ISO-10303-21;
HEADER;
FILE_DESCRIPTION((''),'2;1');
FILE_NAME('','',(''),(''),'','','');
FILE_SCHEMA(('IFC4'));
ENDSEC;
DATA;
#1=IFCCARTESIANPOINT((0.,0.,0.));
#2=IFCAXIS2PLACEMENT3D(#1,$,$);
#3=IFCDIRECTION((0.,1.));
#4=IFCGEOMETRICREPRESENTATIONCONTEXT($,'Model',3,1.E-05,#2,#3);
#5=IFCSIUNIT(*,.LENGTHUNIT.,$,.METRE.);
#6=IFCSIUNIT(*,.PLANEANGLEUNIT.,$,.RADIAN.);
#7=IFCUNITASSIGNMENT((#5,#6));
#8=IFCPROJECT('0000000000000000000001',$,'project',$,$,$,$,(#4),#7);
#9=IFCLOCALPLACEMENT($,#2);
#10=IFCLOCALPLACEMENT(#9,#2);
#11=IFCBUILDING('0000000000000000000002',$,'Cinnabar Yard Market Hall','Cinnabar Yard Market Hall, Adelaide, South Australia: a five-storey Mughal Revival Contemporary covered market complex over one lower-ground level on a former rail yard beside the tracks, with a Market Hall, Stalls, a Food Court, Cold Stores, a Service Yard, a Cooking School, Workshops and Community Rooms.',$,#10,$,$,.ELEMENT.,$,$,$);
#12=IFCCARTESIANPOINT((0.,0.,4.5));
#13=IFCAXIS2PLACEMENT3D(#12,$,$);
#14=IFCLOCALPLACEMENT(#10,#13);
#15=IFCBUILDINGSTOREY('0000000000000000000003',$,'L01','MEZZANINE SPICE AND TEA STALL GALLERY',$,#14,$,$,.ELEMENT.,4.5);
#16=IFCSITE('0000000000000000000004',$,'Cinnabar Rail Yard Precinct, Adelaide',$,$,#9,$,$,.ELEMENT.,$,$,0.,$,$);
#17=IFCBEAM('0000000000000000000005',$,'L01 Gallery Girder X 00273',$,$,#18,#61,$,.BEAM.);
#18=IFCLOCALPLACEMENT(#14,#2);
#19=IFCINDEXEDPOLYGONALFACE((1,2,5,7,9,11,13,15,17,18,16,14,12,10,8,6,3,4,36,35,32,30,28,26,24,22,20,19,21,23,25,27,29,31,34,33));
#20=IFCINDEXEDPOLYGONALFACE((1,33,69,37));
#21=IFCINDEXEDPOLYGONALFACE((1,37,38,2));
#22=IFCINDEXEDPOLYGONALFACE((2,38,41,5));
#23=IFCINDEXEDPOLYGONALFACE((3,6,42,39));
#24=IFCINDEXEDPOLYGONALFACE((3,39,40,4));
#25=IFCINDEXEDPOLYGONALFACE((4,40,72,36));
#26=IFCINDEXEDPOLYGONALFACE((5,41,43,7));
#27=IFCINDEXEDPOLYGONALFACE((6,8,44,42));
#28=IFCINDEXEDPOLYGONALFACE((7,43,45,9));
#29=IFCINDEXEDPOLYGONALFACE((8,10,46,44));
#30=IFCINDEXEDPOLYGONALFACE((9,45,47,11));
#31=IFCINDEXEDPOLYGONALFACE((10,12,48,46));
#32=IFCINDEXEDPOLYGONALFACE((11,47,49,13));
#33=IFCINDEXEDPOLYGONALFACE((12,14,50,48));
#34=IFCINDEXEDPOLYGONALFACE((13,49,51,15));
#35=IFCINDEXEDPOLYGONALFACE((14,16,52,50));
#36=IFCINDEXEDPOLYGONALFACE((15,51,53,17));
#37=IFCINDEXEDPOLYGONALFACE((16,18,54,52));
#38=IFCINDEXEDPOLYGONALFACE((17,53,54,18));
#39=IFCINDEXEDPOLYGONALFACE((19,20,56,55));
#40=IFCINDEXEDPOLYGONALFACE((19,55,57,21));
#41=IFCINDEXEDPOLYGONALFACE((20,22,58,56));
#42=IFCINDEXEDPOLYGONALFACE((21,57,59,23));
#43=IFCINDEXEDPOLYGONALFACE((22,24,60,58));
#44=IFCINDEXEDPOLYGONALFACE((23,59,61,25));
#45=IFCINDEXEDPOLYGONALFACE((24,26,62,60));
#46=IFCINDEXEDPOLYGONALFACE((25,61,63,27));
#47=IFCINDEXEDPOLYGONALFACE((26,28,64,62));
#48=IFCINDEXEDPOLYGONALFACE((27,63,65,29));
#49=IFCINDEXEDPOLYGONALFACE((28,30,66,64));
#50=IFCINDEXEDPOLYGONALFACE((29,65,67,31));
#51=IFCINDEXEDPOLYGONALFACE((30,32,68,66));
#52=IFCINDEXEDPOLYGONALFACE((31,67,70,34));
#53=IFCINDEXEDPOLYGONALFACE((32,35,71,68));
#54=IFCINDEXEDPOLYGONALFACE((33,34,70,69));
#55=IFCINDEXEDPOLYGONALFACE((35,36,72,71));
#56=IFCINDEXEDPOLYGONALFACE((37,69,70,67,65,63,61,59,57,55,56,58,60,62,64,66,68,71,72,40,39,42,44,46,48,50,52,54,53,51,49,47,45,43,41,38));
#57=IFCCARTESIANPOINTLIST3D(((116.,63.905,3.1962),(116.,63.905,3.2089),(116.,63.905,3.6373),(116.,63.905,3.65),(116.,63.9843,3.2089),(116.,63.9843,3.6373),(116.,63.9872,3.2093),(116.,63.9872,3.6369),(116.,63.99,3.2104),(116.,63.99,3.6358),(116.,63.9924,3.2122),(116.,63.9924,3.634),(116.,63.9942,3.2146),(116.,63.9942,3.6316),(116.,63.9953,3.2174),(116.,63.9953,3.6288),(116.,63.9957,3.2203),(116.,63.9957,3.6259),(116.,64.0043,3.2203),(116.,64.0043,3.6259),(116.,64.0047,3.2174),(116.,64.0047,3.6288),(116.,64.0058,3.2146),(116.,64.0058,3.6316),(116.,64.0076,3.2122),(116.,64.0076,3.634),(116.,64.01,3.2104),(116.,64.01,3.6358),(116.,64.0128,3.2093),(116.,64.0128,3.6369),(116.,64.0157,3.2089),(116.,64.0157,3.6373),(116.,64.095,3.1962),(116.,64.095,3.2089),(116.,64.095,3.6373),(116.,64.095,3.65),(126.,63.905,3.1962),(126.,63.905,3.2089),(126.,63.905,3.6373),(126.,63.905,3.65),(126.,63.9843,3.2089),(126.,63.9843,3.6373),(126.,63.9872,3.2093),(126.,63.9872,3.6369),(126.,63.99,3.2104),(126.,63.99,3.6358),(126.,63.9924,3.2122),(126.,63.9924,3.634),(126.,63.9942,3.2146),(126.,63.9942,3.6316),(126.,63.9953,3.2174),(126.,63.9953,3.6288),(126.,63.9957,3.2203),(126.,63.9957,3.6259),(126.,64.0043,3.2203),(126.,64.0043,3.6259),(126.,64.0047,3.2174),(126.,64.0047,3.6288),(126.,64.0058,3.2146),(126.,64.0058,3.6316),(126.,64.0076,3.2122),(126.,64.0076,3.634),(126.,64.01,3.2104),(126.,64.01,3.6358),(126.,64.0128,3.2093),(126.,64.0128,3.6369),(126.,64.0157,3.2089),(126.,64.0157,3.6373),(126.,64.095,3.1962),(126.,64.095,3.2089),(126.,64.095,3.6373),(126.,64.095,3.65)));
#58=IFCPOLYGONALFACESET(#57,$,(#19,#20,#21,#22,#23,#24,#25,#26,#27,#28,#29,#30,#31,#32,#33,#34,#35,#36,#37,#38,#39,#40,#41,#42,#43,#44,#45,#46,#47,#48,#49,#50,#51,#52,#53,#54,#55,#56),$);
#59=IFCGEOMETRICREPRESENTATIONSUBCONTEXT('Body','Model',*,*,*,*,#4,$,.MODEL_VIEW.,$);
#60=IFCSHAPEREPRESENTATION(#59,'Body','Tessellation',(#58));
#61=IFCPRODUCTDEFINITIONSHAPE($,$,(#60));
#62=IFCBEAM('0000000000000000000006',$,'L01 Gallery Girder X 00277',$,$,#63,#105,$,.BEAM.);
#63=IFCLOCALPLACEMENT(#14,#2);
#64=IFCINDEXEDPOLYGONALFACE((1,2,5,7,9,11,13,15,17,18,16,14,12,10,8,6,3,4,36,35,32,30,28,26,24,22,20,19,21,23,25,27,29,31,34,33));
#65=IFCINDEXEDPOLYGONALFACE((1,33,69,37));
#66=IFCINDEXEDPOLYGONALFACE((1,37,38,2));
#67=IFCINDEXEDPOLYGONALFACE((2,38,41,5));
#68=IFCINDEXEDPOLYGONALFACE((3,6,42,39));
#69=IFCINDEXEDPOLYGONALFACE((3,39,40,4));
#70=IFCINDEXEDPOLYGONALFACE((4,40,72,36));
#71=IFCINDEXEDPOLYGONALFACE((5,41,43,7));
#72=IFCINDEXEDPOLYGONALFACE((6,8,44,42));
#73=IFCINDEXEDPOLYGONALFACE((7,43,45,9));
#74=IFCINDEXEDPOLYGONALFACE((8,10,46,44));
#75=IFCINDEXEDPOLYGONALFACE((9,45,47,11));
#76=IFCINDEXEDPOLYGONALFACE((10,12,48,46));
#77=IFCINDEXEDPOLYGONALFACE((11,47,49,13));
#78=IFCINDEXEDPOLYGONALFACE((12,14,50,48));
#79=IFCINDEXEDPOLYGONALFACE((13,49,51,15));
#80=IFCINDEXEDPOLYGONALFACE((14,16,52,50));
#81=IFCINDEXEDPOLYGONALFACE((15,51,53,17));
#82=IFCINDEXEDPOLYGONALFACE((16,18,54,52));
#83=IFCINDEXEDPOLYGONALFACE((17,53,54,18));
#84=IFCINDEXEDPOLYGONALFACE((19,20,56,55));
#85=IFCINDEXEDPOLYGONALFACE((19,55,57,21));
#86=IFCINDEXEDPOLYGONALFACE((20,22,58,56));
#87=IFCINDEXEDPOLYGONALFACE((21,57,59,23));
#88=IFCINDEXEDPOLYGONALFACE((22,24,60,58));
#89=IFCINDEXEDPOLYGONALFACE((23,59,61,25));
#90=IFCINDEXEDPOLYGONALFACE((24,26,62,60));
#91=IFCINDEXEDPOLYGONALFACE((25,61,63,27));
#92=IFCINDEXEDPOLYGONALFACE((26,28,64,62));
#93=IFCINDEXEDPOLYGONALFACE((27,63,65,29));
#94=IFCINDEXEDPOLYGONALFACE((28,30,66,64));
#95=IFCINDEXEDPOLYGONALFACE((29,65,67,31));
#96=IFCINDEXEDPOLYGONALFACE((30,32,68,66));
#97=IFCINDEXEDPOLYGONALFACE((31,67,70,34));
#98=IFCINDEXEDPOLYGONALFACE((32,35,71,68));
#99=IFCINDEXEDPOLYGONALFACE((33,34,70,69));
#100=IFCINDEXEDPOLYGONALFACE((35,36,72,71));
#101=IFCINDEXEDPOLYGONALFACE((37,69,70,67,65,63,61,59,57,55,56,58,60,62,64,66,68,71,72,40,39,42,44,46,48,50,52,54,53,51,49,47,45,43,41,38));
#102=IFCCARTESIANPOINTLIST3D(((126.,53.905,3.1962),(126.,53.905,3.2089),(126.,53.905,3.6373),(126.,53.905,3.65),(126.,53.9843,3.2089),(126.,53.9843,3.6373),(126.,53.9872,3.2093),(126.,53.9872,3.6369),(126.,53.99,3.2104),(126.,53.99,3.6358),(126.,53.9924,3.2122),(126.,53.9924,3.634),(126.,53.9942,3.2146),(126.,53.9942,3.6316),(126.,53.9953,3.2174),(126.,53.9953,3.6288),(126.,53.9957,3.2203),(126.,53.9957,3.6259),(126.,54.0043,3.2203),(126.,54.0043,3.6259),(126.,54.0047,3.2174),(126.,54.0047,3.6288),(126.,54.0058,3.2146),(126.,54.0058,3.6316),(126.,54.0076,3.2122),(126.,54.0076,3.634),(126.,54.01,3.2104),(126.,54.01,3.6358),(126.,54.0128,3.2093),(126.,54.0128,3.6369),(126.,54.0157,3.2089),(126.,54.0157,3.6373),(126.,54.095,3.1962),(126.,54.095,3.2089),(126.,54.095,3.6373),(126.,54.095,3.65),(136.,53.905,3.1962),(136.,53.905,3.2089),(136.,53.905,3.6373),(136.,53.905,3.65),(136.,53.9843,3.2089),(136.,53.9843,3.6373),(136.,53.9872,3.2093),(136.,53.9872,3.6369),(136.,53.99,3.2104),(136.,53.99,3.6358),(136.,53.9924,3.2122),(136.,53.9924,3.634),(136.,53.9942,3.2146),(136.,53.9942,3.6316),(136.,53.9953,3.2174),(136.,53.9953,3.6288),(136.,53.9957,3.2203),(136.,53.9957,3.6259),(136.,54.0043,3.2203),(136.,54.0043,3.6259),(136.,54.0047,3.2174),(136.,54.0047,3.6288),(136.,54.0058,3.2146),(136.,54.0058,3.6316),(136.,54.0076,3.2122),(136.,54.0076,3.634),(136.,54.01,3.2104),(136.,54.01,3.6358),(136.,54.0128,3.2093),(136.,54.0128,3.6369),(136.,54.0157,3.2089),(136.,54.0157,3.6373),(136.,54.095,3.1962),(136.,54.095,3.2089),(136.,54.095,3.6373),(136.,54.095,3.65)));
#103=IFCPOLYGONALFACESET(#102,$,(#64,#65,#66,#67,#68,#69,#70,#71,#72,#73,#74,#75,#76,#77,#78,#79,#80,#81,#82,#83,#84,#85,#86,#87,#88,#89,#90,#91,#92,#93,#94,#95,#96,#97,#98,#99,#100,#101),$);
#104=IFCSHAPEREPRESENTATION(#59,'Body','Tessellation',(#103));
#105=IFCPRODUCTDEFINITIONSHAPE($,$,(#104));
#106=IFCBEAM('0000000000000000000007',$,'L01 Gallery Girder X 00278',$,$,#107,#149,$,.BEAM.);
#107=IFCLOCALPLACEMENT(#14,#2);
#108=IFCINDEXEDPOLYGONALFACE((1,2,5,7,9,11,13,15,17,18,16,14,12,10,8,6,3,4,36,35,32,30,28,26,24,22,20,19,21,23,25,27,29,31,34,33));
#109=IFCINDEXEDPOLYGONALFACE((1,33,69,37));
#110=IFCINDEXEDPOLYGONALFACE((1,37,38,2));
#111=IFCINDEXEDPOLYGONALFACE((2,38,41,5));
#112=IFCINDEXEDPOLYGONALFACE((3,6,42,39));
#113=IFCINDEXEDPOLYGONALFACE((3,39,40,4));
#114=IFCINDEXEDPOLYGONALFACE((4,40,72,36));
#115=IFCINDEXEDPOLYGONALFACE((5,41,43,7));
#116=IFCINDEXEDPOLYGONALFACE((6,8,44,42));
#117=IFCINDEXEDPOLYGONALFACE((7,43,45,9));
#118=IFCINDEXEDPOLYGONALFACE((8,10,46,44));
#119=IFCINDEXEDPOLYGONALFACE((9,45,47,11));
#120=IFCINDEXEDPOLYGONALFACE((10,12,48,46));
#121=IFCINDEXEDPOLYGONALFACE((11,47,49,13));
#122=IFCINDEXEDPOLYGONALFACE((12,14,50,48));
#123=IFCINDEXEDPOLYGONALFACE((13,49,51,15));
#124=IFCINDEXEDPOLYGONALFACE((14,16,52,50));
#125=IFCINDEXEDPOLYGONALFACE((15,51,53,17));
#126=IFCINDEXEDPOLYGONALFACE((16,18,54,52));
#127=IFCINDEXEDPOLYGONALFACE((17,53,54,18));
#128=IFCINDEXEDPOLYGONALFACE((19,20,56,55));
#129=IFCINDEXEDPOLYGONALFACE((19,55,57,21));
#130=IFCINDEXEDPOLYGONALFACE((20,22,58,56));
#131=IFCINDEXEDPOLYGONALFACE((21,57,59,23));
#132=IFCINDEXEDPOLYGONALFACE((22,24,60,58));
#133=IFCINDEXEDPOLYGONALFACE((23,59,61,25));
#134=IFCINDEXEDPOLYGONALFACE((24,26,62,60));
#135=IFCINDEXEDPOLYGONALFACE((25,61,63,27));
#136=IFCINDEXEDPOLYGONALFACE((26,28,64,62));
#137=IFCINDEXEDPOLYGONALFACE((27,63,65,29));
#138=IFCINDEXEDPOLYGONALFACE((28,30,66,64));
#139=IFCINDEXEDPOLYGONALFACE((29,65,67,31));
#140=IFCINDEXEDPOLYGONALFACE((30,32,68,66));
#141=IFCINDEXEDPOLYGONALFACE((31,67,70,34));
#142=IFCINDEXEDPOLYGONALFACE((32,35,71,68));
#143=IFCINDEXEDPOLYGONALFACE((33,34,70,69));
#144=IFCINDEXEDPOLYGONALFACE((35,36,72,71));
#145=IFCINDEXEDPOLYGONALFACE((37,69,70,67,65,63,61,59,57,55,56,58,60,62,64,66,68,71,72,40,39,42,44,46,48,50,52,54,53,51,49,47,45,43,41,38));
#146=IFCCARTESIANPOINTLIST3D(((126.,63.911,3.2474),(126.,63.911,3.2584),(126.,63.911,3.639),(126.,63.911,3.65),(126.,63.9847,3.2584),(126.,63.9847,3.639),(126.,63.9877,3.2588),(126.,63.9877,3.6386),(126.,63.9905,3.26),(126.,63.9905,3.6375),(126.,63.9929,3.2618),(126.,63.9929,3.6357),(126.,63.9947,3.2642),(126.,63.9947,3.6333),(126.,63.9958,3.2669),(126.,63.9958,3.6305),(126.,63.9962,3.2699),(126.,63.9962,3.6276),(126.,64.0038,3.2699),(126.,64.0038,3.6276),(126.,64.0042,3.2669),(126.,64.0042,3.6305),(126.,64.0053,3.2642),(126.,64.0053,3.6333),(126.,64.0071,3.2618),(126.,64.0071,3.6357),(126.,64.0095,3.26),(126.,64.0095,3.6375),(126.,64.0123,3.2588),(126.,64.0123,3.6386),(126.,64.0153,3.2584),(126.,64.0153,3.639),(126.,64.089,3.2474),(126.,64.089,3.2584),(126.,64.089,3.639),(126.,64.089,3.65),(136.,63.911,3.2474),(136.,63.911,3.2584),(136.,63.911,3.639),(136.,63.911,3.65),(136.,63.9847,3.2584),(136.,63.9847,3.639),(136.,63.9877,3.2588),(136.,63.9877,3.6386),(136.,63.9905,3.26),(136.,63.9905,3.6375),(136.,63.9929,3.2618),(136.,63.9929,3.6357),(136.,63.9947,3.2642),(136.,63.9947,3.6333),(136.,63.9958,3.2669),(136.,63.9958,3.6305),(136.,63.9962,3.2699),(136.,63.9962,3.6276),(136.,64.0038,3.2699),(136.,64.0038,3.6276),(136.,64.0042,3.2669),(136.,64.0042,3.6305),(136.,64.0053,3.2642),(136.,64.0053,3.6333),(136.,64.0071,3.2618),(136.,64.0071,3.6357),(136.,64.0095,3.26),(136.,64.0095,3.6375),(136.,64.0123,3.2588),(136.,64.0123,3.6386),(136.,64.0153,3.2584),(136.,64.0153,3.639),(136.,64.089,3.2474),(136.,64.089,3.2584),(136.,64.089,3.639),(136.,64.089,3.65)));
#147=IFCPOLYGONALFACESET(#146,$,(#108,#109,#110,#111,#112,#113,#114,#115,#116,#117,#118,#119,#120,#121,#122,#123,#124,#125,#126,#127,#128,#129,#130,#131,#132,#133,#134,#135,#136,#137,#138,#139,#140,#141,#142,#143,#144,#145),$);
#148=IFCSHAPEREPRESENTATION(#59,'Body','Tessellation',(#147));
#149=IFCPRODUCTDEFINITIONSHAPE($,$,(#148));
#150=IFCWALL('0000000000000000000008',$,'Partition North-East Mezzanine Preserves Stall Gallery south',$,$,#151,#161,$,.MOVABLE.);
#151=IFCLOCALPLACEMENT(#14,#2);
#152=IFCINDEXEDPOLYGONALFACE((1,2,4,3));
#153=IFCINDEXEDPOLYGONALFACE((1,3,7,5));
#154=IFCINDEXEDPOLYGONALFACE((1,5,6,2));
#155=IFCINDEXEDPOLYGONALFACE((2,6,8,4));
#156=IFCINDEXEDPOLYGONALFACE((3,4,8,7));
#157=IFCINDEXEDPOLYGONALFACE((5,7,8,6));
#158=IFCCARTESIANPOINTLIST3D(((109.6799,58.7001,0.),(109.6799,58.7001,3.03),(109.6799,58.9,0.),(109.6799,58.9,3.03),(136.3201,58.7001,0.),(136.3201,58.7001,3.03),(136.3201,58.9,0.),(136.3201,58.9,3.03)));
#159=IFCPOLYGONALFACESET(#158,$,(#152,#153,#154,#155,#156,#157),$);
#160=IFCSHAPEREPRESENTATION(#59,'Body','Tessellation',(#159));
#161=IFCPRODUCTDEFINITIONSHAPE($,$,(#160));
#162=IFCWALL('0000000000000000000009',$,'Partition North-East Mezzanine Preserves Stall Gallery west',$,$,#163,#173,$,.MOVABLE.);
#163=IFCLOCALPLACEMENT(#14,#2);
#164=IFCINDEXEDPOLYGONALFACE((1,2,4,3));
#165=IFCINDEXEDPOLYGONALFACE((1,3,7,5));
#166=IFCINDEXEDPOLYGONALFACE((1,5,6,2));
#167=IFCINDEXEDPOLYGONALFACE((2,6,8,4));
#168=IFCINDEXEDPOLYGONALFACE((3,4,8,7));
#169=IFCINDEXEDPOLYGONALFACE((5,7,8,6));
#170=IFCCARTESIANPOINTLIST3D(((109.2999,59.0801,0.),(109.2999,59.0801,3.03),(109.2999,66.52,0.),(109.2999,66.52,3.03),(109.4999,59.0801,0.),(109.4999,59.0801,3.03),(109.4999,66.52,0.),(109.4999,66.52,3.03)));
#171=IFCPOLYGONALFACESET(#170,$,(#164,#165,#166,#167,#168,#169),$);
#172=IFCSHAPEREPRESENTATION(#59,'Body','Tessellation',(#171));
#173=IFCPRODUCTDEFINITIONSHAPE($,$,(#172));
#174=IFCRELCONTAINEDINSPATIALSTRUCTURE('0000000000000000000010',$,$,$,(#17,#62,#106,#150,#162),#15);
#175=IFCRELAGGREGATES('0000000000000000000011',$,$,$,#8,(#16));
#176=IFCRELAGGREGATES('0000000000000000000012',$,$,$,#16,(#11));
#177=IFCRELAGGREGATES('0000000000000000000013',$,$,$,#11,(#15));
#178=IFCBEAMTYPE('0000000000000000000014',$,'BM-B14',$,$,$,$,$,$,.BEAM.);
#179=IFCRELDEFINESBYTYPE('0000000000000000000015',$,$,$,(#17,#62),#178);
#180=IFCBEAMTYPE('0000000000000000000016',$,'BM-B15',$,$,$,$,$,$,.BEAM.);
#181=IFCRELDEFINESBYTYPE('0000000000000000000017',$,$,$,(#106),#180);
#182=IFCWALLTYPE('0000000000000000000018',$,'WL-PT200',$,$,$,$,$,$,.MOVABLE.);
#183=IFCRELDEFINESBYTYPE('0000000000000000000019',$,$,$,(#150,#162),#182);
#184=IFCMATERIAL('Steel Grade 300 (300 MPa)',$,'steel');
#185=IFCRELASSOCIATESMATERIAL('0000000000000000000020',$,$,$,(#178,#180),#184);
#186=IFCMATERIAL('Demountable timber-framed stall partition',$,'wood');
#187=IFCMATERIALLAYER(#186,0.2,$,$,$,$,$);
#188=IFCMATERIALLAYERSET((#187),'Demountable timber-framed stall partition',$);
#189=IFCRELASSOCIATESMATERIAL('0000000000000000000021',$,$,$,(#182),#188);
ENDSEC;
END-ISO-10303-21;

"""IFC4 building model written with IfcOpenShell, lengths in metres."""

from ifc_helpers import new_model, si_unit, direction, frame, frame_2d, origin, origin_2d_with_axis, place, context, subcontext, project, spatial, rectangle, i_section, extrude, material, layer, layer_set, material_profile, profile_set, type_object, element, save


model = new_model("IFC4")

# Units and contexts
model_context = context("Model", 3, precision=1e-05, world=origin(), true_north=direction((0.0, 1.0)))
body_context = subcontext(model_context, "Body", "Model", "MODEL_VIEW")
ifc_project = project(units=[si_unit("LENGTHUNIT", "METRE"), si_unit("PLANEANGLEUNIT", "RADIAN")], contexts=[model_context])

# Site, building, storey
site_placement = place(None, origin())
site = spatial("IfcSite", under=ifc_project, at=site_placement, Name="Cinnabar Rail Yard Precinct, Adelaide", CompositionType="ELEMENT", RefElevation=0.0)
building_placement = place(site_placement, origin())
building = spatial("IfcBuilding", under=site, at=building_placement, Name="Cinnabar Yard Market Hall", Description="Cinnabar Yard Market Hall, Adelaide, South Australia: a five-storey Mughal Revival Contemporary covered market complex over one lower-ground level on a former rail yard beside the tracks, with a Market Hall, Stalls, a Food Court, Cold Stores, a Service Yard, a Cooking School, Workshops and Community Rooms.", CompositionType="ELEMENT")
storey_placement = place(building_placement, frame((0.0, 0.0, 4.5)))
storey = spatial("IfcBuildingStorey", under=building, at=storey_placement, Name="L01", Description="MEZZANINE SPICE AND TEA STALL GALLERY", CompositionType="ELEMENT", Elevation=4.5)

# Beams
ifc_material_1 = material(Name="Steel Grade 300 (300 MPa)", Category="steel")
ifc_material_profile_1 = material_profile(ifc_material_1, i_section(OverallWidth=0.1899, OverallDepth=0.4539, WebThickness=0.0085, FlangeThickness=0.0127, FilletRadius=0.0115, at=origin_2d_with_axis()), Name="460UB67.1")
ifc_profile_set_1 = profile_set([ifc_material_profile_1], Name="Steel Grade 300 (300 MPa)")
beam_type_1 = type_object("IfcBeamType", Name="BM-B14", PredefinedType="BEAM", material=ifc_profile_set_1)
for number, where, z_axis, x_axis, name in (
    (1, (116.0, 64.0, 3.4231), (1.0, 0.0, 0.0), (0.0, 1.0, 0.0), "L01 Gallery Girder X 00273"),
    (2, (126.0, 54.0, 3.4231), (1.0, 0.0, 0.0), (0.0, 1.0, 0.0), "L01 Gallery Girder X 00277"),
):
    element("IfcBeam", number, at=place(storey_placement, frame(where, z_axis=z_axis, x_axis=x_axis)), inside=storey, type_object=beam_type_1, Name=name, PredefinedType="BEAM", context=body_context, shape_type="SweptSolid", body=[
        extrude(i_section(OverallWidth=0.1899, OverallDepth=0.4539, WebThickness=0.0085, FlangeThickness=0.0127, FilletRadius=0.0115, at=origin_2d_with_axis()), origin(), (0.0, 0.0, 1.0), 10.0),
    ])
ifc_material_profile_2 = material_profile(ifc_material_1, i_section(OverallWidth=0.178, OverallDepth=0.4026, WebThickness=0.0076, FlangeThickness=0.011, FilletRadius=0.0115, at=origin_2d_with_axis()), Name="410UB53.7")
ifc_profile_set_2 = profile_set([ifc_material_profile_2], Name="Steel Grade 300 (300 MPa)")
beam_type_2 = type_object("IfcBeamType", Name="BM-B15", PredefinedType="BEAM", material=ifc_profile_set_2)
beam_1_placement = place(storey_placement, frame((126.0, 64.0, 3.4487), z_axis=(1.0, 0.0, 0.0), x_axis=(0.0, 1.0, 0.0)))
element("IfcBeam", 3, at=beam_1_placement, inside=storey, type_object=beam_type_2, Name="L01 Gallery Girder X 00278", PredefinedType="BEAM", context=body_context, shape_type="SweptSolid", body=[
    extrude(i_section(OverallWidth=0.178, OverallDepth=0.4026, WebThickness=0.0076, FlangeThickness=0.011, FilletRadius=0.0115, at=origin_2d_with_axis()), origin(), (0.0, 0.0, 1.0), 10.0),
])

# Walls
ifc_material_2 = material(Name="Demountable timber-framed stall partition", Category="wood")
ifc_layer_1 = layer(ifc_material_2, 0.2)
ifc_layer_set_1 = layer_set([ifc_layer_1], Name="Demountable timber-framed stall partition")
wall_type = type_object("IfcWallType", Name="WL-PT200", PredefinedType="MOVABLE", material=ifc_layer_set_1)
wall_1_placement = place(storey_placement, frame((109.6799, 58.8, 0.0), z_axis=(0.0, 0.0, 1.0), x_axis=(1.0, 0.0, 0.0)))
element("IfcWall", 4, at=wall_1_placement, inside=storey, type_object=wall_type, Name="Partition North-East Mezzanine Preserves Stall Gallery south", PredefinedType="MOVABLE", context=body_context, shape_type="SweptSolid", body=[
    extrude(rectangle(XDim=26.6401, YDim=0.2, at=frame_2d((13.3201, 0.0), x_axis=(1.0, 0.0))), origin(), (0.0, 0.0, 1.0), 3.03),
])
wall_2_placement = place(storey_placement, frame((109.3999, 66.52, 0.0), z_axis=(0.0, 0.0, 1.0), x_axis=(0.0, -1.0, 0.0)))
element("IfcWall", 5, at=wall_2_placement, inside=storey, type_object=wall_type, Name="Partition North-East Mezzanine Preserves Stall Gallery west", PredefinedType="MOVABLE", context=body_context, shape_type="SweptSolid", body=[
    extrude(rectangle(XDim=7.4399, YDim=0.2, at=frame_2d((3.72, 0.0), x_axis=(1.0, 0.0))), origin(), (0.0, 0.0, 1.0), 3.03),
])

save(model, "model.ifc")
